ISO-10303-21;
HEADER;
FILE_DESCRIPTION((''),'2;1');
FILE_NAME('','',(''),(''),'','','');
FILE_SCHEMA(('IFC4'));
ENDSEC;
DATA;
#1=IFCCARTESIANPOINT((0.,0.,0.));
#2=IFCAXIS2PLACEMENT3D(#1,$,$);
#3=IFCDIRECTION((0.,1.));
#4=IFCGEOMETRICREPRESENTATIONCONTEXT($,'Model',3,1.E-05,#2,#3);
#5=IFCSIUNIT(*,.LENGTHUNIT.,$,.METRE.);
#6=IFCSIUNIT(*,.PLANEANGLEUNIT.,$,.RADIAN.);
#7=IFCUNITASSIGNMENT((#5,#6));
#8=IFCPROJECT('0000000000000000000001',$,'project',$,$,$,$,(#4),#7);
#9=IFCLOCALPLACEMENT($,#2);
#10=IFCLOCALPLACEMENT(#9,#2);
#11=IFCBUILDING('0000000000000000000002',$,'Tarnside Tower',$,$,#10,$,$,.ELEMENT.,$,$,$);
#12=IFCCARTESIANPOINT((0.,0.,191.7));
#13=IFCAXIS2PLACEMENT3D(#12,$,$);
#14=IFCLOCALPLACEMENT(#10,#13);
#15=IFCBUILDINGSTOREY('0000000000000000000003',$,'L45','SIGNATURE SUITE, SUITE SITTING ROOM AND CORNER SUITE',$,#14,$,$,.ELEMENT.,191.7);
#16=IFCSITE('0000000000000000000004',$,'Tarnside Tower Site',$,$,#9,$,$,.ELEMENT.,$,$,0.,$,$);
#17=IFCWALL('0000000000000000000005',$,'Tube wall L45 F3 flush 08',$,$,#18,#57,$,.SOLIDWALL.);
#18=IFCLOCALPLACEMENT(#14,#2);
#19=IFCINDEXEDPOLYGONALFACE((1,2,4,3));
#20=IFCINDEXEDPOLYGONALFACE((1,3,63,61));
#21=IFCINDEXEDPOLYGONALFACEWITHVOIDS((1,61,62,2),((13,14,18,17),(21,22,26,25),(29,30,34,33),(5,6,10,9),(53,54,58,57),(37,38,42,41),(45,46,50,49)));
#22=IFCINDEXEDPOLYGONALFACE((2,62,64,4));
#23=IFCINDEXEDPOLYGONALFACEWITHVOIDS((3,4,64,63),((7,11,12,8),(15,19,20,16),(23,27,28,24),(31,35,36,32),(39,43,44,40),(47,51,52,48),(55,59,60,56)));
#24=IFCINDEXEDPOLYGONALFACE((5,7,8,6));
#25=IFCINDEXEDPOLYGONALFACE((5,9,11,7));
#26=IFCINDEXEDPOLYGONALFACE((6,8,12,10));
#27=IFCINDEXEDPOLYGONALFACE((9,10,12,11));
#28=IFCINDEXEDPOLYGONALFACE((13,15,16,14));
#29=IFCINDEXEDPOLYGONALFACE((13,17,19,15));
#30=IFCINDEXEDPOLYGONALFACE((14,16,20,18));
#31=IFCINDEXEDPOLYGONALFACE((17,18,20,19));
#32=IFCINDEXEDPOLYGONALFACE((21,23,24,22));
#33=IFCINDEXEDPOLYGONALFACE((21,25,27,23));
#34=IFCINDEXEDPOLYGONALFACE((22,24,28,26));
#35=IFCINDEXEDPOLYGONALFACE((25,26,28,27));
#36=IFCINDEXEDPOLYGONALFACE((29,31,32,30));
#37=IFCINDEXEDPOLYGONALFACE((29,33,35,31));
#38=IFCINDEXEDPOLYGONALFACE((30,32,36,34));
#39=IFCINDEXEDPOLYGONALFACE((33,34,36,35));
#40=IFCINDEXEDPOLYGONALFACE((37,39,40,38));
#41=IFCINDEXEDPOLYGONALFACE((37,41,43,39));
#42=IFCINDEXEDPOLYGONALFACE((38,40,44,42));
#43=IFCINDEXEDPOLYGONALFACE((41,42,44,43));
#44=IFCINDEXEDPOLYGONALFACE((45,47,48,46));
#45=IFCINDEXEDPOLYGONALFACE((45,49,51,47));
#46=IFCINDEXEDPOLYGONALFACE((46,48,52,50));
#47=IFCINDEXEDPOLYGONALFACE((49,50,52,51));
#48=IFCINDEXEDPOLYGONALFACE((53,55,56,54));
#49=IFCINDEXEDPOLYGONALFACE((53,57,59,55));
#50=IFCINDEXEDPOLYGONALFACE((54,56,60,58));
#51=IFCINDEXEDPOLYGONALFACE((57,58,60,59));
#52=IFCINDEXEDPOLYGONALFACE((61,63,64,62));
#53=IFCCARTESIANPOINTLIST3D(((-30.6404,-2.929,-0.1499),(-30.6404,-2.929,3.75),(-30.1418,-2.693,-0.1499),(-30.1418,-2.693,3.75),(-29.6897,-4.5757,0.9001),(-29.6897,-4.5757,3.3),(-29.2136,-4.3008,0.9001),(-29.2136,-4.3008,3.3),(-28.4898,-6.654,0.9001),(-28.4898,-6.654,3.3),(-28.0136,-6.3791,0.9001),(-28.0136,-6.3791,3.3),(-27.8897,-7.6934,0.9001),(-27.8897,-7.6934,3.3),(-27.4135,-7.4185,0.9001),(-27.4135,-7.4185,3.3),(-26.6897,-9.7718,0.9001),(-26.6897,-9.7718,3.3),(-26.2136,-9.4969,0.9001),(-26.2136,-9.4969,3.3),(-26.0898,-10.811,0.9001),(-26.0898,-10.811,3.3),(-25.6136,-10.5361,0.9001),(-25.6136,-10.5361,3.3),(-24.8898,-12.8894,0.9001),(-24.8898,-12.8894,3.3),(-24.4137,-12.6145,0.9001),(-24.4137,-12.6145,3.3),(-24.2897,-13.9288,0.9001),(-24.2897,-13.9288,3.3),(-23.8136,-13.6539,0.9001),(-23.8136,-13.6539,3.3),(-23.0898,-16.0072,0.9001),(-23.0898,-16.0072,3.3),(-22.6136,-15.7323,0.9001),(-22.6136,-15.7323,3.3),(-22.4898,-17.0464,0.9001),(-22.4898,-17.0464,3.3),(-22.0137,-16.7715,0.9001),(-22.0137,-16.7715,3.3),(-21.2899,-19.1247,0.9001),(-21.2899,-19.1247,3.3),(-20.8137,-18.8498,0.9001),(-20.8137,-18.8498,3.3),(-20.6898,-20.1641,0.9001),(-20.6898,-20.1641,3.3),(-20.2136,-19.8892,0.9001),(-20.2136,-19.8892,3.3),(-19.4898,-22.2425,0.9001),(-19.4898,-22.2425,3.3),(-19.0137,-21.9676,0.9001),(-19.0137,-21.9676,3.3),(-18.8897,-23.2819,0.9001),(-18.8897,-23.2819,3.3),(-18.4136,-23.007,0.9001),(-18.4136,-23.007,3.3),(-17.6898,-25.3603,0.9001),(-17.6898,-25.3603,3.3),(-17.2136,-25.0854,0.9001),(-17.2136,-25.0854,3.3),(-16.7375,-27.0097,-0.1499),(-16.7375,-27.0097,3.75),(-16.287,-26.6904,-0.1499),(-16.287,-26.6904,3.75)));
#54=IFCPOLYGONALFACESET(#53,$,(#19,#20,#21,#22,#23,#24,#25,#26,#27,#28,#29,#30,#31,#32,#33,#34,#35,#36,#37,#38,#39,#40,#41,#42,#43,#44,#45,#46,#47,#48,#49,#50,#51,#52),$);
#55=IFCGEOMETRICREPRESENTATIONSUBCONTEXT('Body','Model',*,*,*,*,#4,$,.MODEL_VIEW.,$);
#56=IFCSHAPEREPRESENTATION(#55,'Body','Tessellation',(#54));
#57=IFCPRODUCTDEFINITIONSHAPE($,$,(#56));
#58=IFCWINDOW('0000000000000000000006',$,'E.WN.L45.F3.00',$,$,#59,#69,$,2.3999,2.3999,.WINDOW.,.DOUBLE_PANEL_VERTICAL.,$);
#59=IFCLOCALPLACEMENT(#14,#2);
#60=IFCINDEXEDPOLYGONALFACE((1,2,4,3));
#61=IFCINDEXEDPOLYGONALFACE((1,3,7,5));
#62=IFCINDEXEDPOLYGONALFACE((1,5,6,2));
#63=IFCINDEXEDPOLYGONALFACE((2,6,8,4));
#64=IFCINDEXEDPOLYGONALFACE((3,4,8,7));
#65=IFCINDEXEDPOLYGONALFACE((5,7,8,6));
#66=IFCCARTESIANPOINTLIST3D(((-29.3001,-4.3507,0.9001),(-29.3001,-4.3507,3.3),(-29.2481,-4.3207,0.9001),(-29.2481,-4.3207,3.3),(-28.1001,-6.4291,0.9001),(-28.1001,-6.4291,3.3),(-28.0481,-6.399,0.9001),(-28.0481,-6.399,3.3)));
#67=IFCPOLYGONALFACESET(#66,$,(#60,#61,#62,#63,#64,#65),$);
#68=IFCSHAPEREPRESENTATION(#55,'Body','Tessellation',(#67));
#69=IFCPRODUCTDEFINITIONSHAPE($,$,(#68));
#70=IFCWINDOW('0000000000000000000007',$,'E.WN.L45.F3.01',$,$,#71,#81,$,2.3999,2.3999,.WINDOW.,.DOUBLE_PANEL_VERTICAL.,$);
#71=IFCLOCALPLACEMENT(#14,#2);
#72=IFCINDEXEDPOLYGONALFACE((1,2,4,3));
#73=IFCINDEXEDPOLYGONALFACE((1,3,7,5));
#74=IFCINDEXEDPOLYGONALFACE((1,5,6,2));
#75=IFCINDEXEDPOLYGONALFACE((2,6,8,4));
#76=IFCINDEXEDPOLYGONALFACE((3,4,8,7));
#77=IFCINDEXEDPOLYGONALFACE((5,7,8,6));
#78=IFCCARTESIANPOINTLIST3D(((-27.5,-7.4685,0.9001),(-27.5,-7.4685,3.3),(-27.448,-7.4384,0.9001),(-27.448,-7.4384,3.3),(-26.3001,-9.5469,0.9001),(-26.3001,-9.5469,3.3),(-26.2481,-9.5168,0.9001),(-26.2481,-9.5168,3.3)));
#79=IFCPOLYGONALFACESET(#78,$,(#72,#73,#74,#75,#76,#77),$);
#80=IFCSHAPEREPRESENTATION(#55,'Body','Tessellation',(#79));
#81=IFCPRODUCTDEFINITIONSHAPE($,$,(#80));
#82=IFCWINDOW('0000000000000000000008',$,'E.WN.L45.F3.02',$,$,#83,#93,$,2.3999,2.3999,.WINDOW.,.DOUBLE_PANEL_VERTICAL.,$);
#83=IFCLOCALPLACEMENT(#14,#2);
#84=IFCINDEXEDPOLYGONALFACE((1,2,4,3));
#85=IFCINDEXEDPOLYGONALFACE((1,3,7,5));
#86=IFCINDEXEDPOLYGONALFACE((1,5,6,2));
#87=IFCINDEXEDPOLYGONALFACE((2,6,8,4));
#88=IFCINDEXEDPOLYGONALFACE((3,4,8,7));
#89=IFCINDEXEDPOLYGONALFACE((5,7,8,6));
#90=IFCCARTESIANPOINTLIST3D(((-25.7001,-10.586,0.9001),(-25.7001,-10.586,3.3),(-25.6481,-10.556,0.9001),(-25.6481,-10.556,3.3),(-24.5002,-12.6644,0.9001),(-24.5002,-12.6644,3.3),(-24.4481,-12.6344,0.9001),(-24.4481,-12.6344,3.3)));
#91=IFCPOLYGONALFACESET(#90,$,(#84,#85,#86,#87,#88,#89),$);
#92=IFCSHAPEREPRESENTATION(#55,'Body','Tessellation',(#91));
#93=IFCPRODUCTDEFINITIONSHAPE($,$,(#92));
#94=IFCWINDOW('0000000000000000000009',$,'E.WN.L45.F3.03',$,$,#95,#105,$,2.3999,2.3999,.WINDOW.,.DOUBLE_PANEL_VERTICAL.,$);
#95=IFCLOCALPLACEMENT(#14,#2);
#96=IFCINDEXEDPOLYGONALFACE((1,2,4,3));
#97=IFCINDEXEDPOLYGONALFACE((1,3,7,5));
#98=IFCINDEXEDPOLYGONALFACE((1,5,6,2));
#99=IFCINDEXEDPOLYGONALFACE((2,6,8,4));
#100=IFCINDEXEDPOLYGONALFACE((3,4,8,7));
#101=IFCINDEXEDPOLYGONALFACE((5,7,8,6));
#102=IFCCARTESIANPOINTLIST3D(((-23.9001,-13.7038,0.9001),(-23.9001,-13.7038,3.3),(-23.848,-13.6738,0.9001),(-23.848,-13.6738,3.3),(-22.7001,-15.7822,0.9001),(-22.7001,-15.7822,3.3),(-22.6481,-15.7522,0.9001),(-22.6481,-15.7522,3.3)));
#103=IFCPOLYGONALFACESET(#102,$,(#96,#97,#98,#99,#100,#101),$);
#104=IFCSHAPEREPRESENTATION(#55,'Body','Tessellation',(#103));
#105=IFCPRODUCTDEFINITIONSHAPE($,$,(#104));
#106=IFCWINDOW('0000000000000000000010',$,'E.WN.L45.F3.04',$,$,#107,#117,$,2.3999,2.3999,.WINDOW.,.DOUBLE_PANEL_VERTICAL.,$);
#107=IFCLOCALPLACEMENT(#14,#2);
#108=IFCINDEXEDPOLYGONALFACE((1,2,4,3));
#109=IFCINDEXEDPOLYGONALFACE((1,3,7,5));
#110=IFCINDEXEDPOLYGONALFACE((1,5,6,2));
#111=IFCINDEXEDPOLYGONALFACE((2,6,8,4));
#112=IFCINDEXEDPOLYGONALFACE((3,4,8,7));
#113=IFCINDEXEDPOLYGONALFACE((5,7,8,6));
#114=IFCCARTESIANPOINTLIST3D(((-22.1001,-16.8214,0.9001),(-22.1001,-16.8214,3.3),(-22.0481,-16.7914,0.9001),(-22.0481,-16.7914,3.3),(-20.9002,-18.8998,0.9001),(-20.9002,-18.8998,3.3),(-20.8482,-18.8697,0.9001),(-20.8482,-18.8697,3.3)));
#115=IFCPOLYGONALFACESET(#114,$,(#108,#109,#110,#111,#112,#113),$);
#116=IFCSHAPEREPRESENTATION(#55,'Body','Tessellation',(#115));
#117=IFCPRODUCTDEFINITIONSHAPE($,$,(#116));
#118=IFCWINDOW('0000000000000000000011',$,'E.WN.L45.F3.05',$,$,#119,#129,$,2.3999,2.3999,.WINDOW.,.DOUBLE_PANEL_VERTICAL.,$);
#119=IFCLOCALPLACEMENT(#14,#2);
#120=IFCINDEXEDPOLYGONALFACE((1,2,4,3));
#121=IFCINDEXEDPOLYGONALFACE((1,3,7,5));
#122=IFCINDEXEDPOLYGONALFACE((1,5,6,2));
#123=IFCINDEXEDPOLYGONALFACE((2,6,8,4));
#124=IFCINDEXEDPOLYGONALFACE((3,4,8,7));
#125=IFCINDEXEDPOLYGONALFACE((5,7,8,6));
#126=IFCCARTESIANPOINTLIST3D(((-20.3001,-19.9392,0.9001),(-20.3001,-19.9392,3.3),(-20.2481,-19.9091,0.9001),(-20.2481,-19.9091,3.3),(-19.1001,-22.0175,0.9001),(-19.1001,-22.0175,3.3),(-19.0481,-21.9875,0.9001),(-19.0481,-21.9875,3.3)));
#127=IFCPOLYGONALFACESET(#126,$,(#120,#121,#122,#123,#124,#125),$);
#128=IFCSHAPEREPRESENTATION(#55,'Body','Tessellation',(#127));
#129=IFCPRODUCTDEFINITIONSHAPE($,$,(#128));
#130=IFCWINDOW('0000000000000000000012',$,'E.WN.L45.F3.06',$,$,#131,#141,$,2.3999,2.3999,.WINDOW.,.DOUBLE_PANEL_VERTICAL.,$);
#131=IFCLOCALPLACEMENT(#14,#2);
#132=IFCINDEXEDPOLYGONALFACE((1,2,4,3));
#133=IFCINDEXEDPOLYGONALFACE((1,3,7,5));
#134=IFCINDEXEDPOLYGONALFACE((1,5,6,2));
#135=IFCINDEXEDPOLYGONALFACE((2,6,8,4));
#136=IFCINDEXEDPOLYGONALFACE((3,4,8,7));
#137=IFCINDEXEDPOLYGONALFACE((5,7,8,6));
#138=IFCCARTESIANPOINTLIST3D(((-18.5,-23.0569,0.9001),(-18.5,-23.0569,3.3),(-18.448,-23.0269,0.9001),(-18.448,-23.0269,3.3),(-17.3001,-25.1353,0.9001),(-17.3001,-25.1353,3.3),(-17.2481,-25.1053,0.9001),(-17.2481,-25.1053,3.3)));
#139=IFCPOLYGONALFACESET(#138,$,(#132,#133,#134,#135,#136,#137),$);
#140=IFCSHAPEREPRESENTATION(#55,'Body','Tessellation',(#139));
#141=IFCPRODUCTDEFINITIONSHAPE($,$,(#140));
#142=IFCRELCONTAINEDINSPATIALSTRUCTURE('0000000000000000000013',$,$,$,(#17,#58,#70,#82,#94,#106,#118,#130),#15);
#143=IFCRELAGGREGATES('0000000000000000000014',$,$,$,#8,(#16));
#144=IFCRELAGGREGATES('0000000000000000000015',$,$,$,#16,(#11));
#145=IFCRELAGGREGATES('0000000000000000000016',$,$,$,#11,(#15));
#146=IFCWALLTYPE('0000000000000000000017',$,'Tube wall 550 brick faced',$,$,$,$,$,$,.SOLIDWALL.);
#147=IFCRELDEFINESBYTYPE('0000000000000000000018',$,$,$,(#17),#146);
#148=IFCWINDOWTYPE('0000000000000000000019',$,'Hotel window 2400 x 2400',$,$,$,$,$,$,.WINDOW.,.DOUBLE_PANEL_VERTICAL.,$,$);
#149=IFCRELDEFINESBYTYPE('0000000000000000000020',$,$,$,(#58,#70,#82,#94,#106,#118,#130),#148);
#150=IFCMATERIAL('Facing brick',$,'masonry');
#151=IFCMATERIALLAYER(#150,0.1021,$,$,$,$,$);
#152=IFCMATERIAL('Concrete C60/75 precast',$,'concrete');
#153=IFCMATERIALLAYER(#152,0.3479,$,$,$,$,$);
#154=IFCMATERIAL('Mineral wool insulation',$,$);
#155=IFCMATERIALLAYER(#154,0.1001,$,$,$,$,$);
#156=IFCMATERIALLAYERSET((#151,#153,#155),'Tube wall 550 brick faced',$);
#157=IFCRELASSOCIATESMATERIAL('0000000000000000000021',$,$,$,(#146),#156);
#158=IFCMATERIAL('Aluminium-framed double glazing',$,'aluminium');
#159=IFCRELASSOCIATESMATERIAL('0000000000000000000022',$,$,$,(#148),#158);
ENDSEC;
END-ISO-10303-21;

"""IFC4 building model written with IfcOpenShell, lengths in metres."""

from ifc_helpers import new_model, si_unit, direction, frame, frame_2d, origin, place, context, subcontext, project, spatial, polyline, rectangle, outline, extrude, material, layer, layer_set, type_object, element, fill, save


model = new_model("IFC4")

# Units and contexts
model_context = context("Model", 3, precision=1e-05, world=origin(), true_north=direction((0.0, 1.0)))
body_context = subcontext(model_context, "Body", "Model", "MODEL_VIEW")
ifc_project = project(units=[si_unit("LENGTHUNIT", "METRE"), si_unit("PLANEANGLEUNIT", "RADIAN")], contexts=[model_context])

# Site, building, storey
site_placement = place(None, origin())
site = spatial("IfcSite", under=ifc_project, at=site_placement, Name="Tarnside Tower Site", CompositionType="ELEMENT", RefElevation=0.0)
building_placement = place(site_placement, origin())
building = spatial("IfcBuilding", under=site, at=building_placement, Name="Tarnside Tower", CompositionType="ELEMENT")
storey_placement = place(building_placement, frame((0.0, 0.0, 191.7)))
storey = spatial("IfcBuildingStorey", under=building, at=storey_placement, Name="L45", Description="SIGNATURE SUITE, SUITE SITTING ROOM AND CORNER SUITE", CompositionType="ELEMENT", Elevation=191.7)

# Shared definitions
ifc_material_1 = material(Name="Facing brick", Category="masonry")
ifc_layer_1 = layer(ifc_material_1, 0.1021)
ifc_material_2 = material(Name="Concrete C60/75 precast", Category="concrete")
ifc_layer_2 = layer(ifc_material_2, 0.3479)
ifc_material_3 = material(Name="Mineral wool insulation")
ifc_layer_3 = layer(ifc_material_3, 0.1001)
ifc_layer_set_1 = layer_set([ifc_layer_1, ifc_layer_2, ifc_layer_3], Name="Tube wall 550 brick faced")
wall_type_1 = type_object("IfcWallType", Name="Tube wall 550 brick faced", PredefinedType="SOLIDWALL", material=ifc_layer_set_1)

# Wall, openings, windows
wall_1_placement = place(storey_placement, frame((-30.3911, -2.811, -0.1499), z_axis=(0.0, 0.0, 1.0), x_axis=(0.499999, -0.866026, 0.0)))
wall_1 = element("IfcWall", 1, at=wall_1_placement, inside=storey, type_object=wall_type_1, Name="Tube wall L45 F3 flush 08", PredefinedType="SOLIDWALL", context=body_context, shape_type="SweptSolid", body=[
    extrude(outline(polyline([(-0.0225, -0.2749), (27.7834, -0.2749), (27.7322, 0.2749), (0.0225, 0.2749), (-0.0225, -0.2749)])), origin(), (0.0, 0.0, 1.0), 3.8999),
])
opening_1_placement = place(wall_1_placement, frame((1.8789, 0.0, 1.05)))
opening_1 = element("IfcOpeningElement", 2, at=opening_1_placement, cuts=wall_1, PredefinedType="OPENING", context=body_context, shape_type="SweptSolid", body=[
    extrude(rectangle(XDim=2.3999, YDim=2.3999, at=frame_2d((1.2, 1.2))), frame((0.0, 0.2852, 0.0), z_axis=(0.0, -1.0, 0.0), x_axis=(1.0, 0.0, 0.0)), (0.0, 0.0, 1.0), 0.5701),
])
opening_2_placement = place(wall_1_placement, frame((5.479, 0.0, 1.05)))
opening_2 = element("IfcOpeningElement", 3, at=opening_2_placement, cuts=wall_1, PredefinedType="OPENING", context=body_context, shape_type="SweptSolid", body=[
    extrude(rectangle(XDim=2.3999, YDim=2.3999, at=frame_2d((1.2, 1.2))), frame((0.0, 0.2852, 0.0), z_axis=(0.0, -1.0, 0.0), x_axis=(1.0, 0.0, 0.0)), (0.0, 0.0, 1.0), 0.5701),
])
opening_3_placement = place(wall_1_placement, frame((9.0789, 0.0, 1.05)))
opening_3 = element("IfcOpeningElement", 4, at=opening_3_placement, cuts=wall_1, PredefinedType="OPENING", context=body_context, shape_type="SweptSolid", body=[
    extrude(rectangle(XDim=2.3999, YDim=2.3999, at=frame_2d((1.2, 1.2))), frame((0.0, 0.2852, 0.0), z_axis=(0.0, -1.0, 0.0), x_axis=(1.0, 0.0, 0.0)), (0.0, 0.0, 1.0), 0.5701),
])
opening_4_placement = place(wall_1_placement, frame((12.679, 0.0, 1.05)))
opening_4 = element("IfcOpeningElement", 5, at=opening_4_placement, cuts=wall_1, PredefinedType="OPENING", context=body_context, shape_type="SweptSolid", body=[
    extrude(rectangle(XDim=2.3999, YDim=2.3999, at=frame_2d((1.2, 1.2))), frame((0.0, 0.2852, 0.0), z_axis=(0.0, -1.0, 0.0), x_axis=(1.0, 0.0, 0.0)), (0.0, 0.0, 1.0), 0.5701),
])
opening_5_placement = place(wall_1_placement, frame((16.2788, 0.0, 1.05)))
opening_5 = element("IfcOpeningElement", 6, at=opening_5_placement, cuts=wall_1, PredefinedType="OPENING", context=body_context, shape_type="SweptSolid", body=[
    extrude(rectangle(XDim=2.3999, YDim=2.3999, at=frame_2d((1.2, 1.2))), frame((0.0, 0.2852, 0.0), z_axis=(0.0, -1.0, 0.0), x_axis=(1.0, 0.0, 0.0)), (0.0, 0.0, 1.0), 0.5701),
])
opening_6_placement = place(wall_1_placement, frame((19.8789, 0.0, 1.05)))
opening_6 = element("IfcOpeningElement", 7, at=opening_6_placement, cuts=wall_1, PredefinedType="OPENING", context=body_context, shape_type="SweptSolid", body=[
    extrude(rectangle(XDim=2.3999, YDim=2.3999, at=frame_2d((1.2, 1.2))), frame((0.0, 0.2852, 0.0), z_axis=(0.0, -1.0, 0.0), x_axis=(1.0, 0.0, 0.0)), (0.0, 0.0, 1.0), 0.5701),
])
opening_7_placement = place(wall_1_placement, frame((23.479, 0.0, 1.05)))
opening_7 = element("IfcOpeningElement", 8, at=opening_7_placement, cuts=wall_1, PredefinedType="OPENING", context=body_context, shape_type="SweptSolid", body=[
    extrude(rectangle(XDim=2.3999, YDim=2.3999, at=frame_2d((1.2, 1.2))), frame((0.0, 0.2852, 0.0), z_axis=(0.0, -1.0, 0.0), x_axis=(1.0, 0.0, 0.0)), (0.0, 0.0, 1.0), 0.5701),
])
ifc_material_4 = material(Name="Aluminium-framed double glazing", Category="aluminium")
window_type = type_object("IfcWindowType", Name="Hotel window 2400 x 2400", PartitioningType="DOUBLE_PANEL_VERTICAL", PredefinedType="WINDOW", material=ifc_material_4)
window_1_placement = place(opening_1_placement, frame((0.0, 0.2051, 0.0)))
window_1 = element("IfcWindow", 9, at=window_1_placement, inside=storey, type_object=window_type, Name="E.WN.L45.F3.00", OverallHeight=2.3999, OverallWidth=2.3999, PartitioningType="DOUBLE_PANEL_VERTICAL", PredefinedType="WINDOW", context=body_context, shape_type="SweptSolid", body=[
    extrude(rectangle(XDim=2.3999, YDim=2.3999, at=frame_2d((1.2, 1.2))), frame((0.0, 0.03, 0.0), z_axis=(0.0, -1.0, 0.0), x_axis=(1.0, 0.0, 0.0)), (0.0, 0.0, 1.0), 0.0601),
])
fill(opening_1, window_1)
window_2_placement = place(opening_2_placement, frame((0.0, 0.2051, 0.0)))
window_2 = element("IfcWindow", 10, at=window_2_placement, inside=storey, type_object=window_type, Name="E.WN.L45.F3.01", OverallHeight=2.3999, OverallWidth=2.3999, PartitioningType="DOUBLE_PANEL_VERTICAL", PredefinedType="WINDOW", context=body_context, shape_type="SweptSolid", body=[
    extrude(rectangle(XDim=2.3999, YDim=2.3999, at=frame_2d((1.2, 1.2))), frame((0.0, 0.03, 0.0), z_axis=(0.0, -1.0, 0.0), x_axis=(1.0, 0.0, 0.0)), (0.0, 0.0, 1.0), 0.0601),
])
fill(opening_2, window_2)
window_3_placement = place(opening_3_placement, frame((0.0, 0.2051, 0.0)))
window_3 = element("IfcWindow", 11, at=window_3_placement, inside=storey, type_object=window_type, Name="E.WN.L45.F3.02", OverallHeight=2.3999, OverallWidth=2.3999, PartitioningType="DOUBLE_PANEL_VERTICAL", PredefinedType="WINDOW", context=body_context, shape_type="SweptSolid", body=[
    extrude(rectangle(XDim=2.3999, YDim=2.3999, at=frame_2d((1.2, 1.2))), frame((0.0, 0.03, 0.0), z_axis=(0.0, -1.0, 0.0), x_axis=(1.0, 0.0, 0.0)), (0.0, 0.0, 1.0), 0.0601),
])
fill(opening_3, window_3)
window_4_placement = place(opening_4_placement, frame((0.0, 0.2051, 0.0)))
window_4 = element("IfcWindow", 12, at=window_4_placement, inside=storey, type_object=window_type, Name="E.WN.L45.F3.03", OverallHeight=2.3999, OverallWidth=2.3999, PartitioningType="DOUBLE_PANEL_VERTICAL", PredefinedType="WINDOW", context=body_context, shape_type="SweptSolid", body=[
    extrude(rectangle(XDim=2.3999, YDim=2.3999, at=frame_2d((1.2, 1.2))), frame((0.0, 0.03, 0.0), z_axis=(0.0, -1.0, 0.0), x_axis=(1.0, 0.0, 0.0)), (0.0, 0.0, 1.0), 0.0601),
])
fill(opening_4, window_4)
window_5_placement = place(opening_5_placement, frame((0.0, 0.2051, 0.0)))
window_5 = element("IfcWindow", 13, at=window_5_placement, inside=storey, type_object=window_type, Name="E.WN.L45.F3.04", OverallHeight=2.3999, OverallWidth=2.3999, PartitioningType="DOUBLE_PANEL_VERTICAL", PredefinedType="WINDOW", context=body_context, shape_type="SweptSolid", body=[
    extrude(rectangle(XDim=2.3999, YDim=2.3999, at=frame_2d((1.2, 1.2))), frame((0.0, 0.03, 0.0), z_axis=(0.0, -1.0, 0.0), x_axis=(1.0, 0.0, 0.0)), (0.0, 0.0, 1.0), 0.0601),
])
fill(opening_5, window_5)
window_6_placement = place(opening_6_placement, frame((0.0, 0.2051, 0.0)))
window_6 = element("IfcWindow", 14, at=window_6_placement, inside=storey, type_object=window_type, Name="E.WN.L45.F3.05", OverallHeight=2.3999, OverallWidth=2.3999, PartitioningType="DOUBLE_PANEL_VERTICAL", PredefinedType="WINDOW", context=body_context, shape_type="SweptSolid", body=[
    extrude(rectangle(XDim=2.3999, YDim=2.3999, at=frame_2d((1.2, 1.2))), frame((0.0, 0.03, 0.0), z_axis=(0.0, -1.0, 0.0), x_axis=(1.0, 0.0, 0.0)), (0.0, 0.0, 1.0), 0.0601),
])
fill(opening_6, window_6)
window_7_placement = place(opening_7_placement, frame((0.0, 0.2051, 0.0)))
window_7 = element("IfcWindow", 15, at=window_7_placement, inside=storey, type_object=window_type, Name="E.WN.L45.F3.06", OverallHeight=2.3999, OverallWidth=2.3999, PartitioningType="DOUBLE_PANEL_VERTICAL", PredefinedType="WINDOW", context=body_context, shape_type="SweptSolid", body=[
    extrude(rectangle(XDim=2.3999, YDim=2.3999, at=frame_2d((1.2, 1.2))), frame((0.0, 0.03, 0.0), z_axis=(0.0, -1.0, 0.0), x_axis=(1.0, 0.0, 0.0)), (0.0, 0.0, 1.0), 0.0601),
])
fill(opening_7, window_7)

save(model, "model.ifc")
